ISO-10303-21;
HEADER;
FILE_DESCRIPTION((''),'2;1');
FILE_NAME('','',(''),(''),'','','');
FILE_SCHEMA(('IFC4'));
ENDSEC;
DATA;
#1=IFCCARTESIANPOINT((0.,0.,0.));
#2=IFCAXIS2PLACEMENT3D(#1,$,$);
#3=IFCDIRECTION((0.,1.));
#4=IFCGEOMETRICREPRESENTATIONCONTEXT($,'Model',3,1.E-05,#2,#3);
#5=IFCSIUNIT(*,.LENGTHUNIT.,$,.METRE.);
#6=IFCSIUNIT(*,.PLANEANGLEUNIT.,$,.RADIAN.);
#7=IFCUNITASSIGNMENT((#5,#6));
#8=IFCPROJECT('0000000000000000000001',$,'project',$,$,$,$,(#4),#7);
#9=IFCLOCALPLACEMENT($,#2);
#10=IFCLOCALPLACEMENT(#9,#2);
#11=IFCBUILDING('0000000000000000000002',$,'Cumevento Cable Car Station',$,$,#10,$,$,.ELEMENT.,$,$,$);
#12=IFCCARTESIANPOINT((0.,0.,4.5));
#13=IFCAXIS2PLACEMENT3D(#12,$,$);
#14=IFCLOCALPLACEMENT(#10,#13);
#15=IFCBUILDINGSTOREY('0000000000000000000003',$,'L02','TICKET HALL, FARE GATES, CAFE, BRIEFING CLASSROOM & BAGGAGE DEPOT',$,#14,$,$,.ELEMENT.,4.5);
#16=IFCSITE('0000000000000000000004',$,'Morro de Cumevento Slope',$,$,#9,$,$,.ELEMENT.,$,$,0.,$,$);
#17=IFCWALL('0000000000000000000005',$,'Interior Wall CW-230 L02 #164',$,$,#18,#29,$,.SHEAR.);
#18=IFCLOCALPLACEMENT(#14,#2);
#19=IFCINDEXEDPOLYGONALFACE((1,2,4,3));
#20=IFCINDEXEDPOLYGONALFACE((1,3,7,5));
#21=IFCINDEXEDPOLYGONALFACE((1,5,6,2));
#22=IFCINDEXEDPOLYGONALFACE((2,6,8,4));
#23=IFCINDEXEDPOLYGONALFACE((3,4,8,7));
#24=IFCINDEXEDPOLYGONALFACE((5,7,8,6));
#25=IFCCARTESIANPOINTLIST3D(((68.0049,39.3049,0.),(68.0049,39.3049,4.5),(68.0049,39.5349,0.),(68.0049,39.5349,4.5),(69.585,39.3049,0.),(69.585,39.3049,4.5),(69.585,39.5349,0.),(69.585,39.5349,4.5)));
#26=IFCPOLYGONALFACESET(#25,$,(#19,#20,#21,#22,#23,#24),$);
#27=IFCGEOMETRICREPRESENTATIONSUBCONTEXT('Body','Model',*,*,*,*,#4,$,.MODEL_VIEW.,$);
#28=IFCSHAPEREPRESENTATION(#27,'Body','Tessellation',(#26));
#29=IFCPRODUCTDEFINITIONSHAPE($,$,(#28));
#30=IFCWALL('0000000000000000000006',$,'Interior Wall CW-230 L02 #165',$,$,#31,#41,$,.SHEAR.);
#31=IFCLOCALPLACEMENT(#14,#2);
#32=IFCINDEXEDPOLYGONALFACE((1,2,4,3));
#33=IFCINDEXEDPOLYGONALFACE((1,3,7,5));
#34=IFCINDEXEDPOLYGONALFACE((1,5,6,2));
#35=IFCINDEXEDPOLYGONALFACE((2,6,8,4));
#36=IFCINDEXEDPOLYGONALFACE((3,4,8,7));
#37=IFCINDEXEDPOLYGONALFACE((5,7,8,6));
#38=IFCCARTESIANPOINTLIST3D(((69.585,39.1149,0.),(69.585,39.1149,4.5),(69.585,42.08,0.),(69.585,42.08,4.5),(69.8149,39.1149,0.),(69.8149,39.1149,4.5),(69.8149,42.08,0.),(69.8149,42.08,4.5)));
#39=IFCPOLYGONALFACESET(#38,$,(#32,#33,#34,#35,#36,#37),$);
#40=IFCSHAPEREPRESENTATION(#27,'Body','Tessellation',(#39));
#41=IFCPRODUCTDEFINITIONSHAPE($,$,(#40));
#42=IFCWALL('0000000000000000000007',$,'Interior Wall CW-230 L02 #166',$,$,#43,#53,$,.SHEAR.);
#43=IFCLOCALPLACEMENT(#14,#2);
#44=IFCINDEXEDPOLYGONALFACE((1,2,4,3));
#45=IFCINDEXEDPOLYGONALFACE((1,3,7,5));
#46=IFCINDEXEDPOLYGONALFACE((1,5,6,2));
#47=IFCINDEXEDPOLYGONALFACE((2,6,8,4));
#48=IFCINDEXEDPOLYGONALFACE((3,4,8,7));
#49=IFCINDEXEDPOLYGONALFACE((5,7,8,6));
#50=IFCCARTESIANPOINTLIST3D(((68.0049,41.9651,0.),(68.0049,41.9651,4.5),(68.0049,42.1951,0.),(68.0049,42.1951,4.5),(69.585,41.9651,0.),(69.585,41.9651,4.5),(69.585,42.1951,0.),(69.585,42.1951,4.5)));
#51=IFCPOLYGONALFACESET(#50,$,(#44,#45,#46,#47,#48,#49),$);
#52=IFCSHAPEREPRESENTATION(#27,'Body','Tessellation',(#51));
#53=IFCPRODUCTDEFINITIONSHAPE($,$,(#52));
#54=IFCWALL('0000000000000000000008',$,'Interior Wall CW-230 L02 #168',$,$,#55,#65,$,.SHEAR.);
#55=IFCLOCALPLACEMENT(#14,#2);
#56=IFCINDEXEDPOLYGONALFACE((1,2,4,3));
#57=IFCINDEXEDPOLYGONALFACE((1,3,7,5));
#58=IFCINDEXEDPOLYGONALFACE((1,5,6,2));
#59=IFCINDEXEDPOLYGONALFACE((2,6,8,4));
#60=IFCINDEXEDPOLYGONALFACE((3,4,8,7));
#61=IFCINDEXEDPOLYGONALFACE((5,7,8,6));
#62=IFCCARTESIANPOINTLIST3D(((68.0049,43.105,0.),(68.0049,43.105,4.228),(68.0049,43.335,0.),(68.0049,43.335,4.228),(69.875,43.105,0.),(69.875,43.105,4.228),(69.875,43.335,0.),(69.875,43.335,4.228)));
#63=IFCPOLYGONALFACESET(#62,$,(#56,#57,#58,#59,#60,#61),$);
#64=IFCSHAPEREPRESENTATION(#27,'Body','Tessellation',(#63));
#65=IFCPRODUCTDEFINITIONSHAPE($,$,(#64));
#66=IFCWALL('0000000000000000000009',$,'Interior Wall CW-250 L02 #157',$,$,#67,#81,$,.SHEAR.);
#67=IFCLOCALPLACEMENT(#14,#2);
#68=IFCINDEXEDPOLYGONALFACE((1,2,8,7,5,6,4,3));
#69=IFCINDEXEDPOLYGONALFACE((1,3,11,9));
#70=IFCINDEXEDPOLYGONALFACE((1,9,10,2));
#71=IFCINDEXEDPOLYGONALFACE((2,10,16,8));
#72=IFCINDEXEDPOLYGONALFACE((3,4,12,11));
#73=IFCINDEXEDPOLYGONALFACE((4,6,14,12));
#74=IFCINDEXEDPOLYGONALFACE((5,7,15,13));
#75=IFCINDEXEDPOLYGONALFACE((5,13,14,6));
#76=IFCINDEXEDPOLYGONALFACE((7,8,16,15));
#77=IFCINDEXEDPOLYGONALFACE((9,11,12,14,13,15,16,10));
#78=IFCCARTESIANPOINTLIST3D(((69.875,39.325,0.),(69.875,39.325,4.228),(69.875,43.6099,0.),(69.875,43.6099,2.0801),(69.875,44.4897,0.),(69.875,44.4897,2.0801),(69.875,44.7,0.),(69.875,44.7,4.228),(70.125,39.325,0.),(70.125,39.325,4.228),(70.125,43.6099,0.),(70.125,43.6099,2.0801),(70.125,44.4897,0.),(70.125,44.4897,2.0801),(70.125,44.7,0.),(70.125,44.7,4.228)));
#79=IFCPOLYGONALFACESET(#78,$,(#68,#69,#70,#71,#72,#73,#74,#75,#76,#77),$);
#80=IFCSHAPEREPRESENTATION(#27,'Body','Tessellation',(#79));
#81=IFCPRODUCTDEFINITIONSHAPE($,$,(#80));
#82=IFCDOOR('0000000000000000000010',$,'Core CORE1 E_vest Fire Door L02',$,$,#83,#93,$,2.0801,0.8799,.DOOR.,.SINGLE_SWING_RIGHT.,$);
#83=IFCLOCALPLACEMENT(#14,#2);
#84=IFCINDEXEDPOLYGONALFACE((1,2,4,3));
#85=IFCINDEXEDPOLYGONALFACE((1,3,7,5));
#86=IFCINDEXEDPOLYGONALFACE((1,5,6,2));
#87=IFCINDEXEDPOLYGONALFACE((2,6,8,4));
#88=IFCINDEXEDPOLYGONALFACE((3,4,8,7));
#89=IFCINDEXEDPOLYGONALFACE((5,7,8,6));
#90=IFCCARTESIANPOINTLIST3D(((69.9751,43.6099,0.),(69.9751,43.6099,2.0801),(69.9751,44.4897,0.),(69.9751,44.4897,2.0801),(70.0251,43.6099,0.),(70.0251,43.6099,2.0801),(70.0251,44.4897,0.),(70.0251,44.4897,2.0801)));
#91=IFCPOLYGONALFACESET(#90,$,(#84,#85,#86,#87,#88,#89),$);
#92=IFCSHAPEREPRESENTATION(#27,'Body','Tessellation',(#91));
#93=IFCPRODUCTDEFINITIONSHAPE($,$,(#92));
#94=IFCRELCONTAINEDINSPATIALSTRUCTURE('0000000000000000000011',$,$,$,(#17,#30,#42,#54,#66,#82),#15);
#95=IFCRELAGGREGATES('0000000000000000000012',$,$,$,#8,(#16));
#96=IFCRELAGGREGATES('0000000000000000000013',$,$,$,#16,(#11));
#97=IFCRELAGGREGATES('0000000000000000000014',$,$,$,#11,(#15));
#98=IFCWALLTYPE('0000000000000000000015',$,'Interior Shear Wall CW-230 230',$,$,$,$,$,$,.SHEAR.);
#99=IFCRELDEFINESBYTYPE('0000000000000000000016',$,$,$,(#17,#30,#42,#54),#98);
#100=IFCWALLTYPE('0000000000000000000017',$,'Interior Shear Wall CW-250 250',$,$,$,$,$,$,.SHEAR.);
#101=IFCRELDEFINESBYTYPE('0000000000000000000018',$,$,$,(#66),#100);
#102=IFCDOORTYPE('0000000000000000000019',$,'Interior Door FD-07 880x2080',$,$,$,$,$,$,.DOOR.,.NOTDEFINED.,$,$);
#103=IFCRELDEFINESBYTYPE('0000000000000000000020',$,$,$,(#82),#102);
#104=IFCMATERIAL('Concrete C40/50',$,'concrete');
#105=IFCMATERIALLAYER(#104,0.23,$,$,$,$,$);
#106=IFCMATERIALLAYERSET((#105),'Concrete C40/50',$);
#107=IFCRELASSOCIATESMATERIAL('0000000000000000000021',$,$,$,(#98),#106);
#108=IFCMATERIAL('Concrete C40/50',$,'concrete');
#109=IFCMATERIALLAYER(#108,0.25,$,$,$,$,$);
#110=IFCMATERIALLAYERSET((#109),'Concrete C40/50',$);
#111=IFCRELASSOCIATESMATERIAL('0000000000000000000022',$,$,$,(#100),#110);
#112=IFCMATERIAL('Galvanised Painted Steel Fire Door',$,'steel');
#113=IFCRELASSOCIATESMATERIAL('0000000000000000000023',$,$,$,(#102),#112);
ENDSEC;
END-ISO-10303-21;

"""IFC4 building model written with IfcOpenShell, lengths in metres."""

from ifc_helpers import new_model, si_unit, direction, frame, frame_2d, origin, place, context, subcontext, project, spatial, rectangle, extrude, material, layer, layer_set, type_object, element, fill, save


model = new_model("IFC4")

# Units and contexts
model_context = context("Model", 3, precision=1e-05, world=origin(), true_north=direction((0.0, 1.0)))
body_context = subcontext(model_context, "Body", "Model", "MODEL_VIEW")
ifc_project = project(units=[si_unit("LENGTHUNIT", "METRE"), si_unit("PLANEANGLEUNIT", "RADIAN")], contexts=[model_context])

# Site, building, storey
site_placement = place(None, origin())
site = spatial("IfcSite", under=ifc_project, at=site_placement, Name="Morro de Cumevento Slope", CompositionType="ELEMENT", RefElevation=0.0)
building_placement = place(site_placement, origin())
building = spatial("IfcBuilding", under=site, at=building_placement, Name="Cumevento Cable Car Station", CompositionType="ELEMENT")
storey_placement = place(building_placement, frame((0.0, 0.0, 4.5)))
storey = spatial("IfcBuildingStorey", under=building, at=storey_placement, Name="L02", Description="TICKET HALL, FARE GATES, CAFE, BRIEFING CLASSROOM & BAGGAGE DEPOT", CompositionType="ELEMENT", Elevation=4.5)

# Walls
ifc_material_1 = material(Name="Concrete C40/50", Category="concrete")
ifc_layer_1 = layer(ifc_material_1, 0.23)
ifc_layer_set_1 = layer_set([ifc_layer_1], Name="Concrete C40/50")
wall_type_1 = type_object("IfcWallType", Name="Interior Shear Wall CW-230 230", PredefinedType="SHEAR", material=ifc_layer_set_1)
wall_1_placement = place(storey_placement, frame((68.0049, 39.4199, 0.0), z_axis=(0.0, 0.0, 1.0), x_axis=(1.0, 0.0, 0.0)))
element("IfcWall", 1, at=wall_1_placement, inside=storey, type_object=wall_type_1, Name="Interior Wall CW-230 L02 #164", PredefinedType="SHEAR", context=body_context, shape_type="SweptSolid", body=[
    extrude(rectangle(XDim=1.5801, YDim=0.23, at=frame_2d((0.79, 0.0))), origin(), (0.0, 0.0, 1.0), 4.5),
])
wall_2_placement = place(storey_placement, frame((69.7, 39.115, 0.0), z_axis=(0.0, 0.0, 1.0), x_axis=(0.0, 1.0, 0.0)))
element("IfcWall", 2, at=wall_2_placement, inside=storey, type_object=wall_type_1, Name="Interior Wall CW-230 L02 #165", PredefinedType="SHEAR", context=body_context, shape_type="SweptSolid", body=[
    extrude(rectangle(XDim=2.9651, YDim=0.23, at=frame_2d((1.4824, 0.0))), origin(), (0.0, 0.0, 1.0), 4.5),
])
wall_3_placement = place(storey_placement, frame((68.0049, 42.0801, 0.0), z_axis=(0.0, 0.0, 1.0), x_axis=(1.0, 0.0, 0.0)))
element("IfcWall", 3, at=wall_3_placement, inside=storey, type_object=wall_type_1, Name="Interior Wall CW-230 L02 #166", PredefinedType="SHEAR", context=body_context, shape_type="SweptSolid", body=[
    extrude(rectangle(XDim=1.5801, YDim=0.23, at=frame_2d((0.79, 0.0))), origin(), (0.0, 0.0, 1.0), 4.5),
])
wall_4_placement = place(storey_placement, frame((68.0049, 43.22, 0.0), z_axis=(0.0, 0.0, 1.0), x_axis=(1.0, 0.0, 0.0)))
element("IfcWall", 4, at=wall_4_placement, inside=storey, type_object=wall_type_1, Name="Interior Wall CW-230 L02 #168", PredefinedType="SHEAR", context=body_context, shape_type="SweptSolid", body=[
    extrude(rectangle(XDim=1.8701, YDim=0.23, at=frame_2d((0.9351, 0.0))), origin(), (0.0, 0.0, 1.0), 4.228),
])

# Wall, opening, door
ifc_material_2 = material(Name="Concrete C40/50", Category="concrete")
ifc_layer_2 = layer(ifc_material_2, 0.25)
ifc_layer_set_2 = layer_set([ifc_layer_2], Name="Concrete C40/50")
wall_type_2 = type_object("IfcWallType", Name="Interior Shear Wall CW-250 250", PredefinedType="SHEAR", material=ifc_layer_set_2)
wall_5_placement = place(storey_placement, frame((70.0, 39.325, 0.0), z_axis=(0.0, 0.0, 1.0), x_axis=(0.0, 1.0, 0.0)))
wall_5 = element("IfcWall", 5, at=wall_5_placement, inside=storey, type_object=wall_type_2, Name="Interior Wall CW-250 L02 #157", PredefinedType="SHEAR", context=body_context, shape_type="SweptSolid", body=[
    extrude(rectangle(XDim=5.375, YDim=0.25, at=frame_2d((2.6875, 0.0))), origin(), (0.0, 0.0, 1.0), 4.228),
])
opening_1_placement = place(wall_5_placement, frame((4.2849, 0.0, 0.0)))
opening_1 = element("IfcOpeningElement", 6, at=opening_1_placement, cuts=wall_5, PredefinedType="OPENING", context=body_context, shape_type="SweptSolid", body=[
    extrude(rectangle(XDim=0.8799, YDim=2.0801, at=frame_2d((0.4399, 1.04))), frame((0.0, 0.135, 0.0), z_axis=(0.0, -1.0, 0.0), x_axis=(1.0, 0.0, 0.0)), (0.0, 0.0, 1.0), 0.27),
])
ifc_material_3 = material(Name="Galvanised Painted Steel Fire Door", Category="steel")
door_type_1 = type_object("IfcDoorType", Name="Interior Door FD-07 880x2080", OperationType="NOTDEFINED", PredefinedType="DOOR", material=ifc_material_3)
door_1_placement = place(opening_1_placement, origin())
door_1 = element("IfcDoor", 7, at=door_1_placement, inside=storey, type_object=door_type_1, Name="Core CORE1 E_vest Fire Door L02", OperationType="SINGLE_SWING_RIGHT", OverallHeight=2.0801, OverallWidth=0.8799, PredefinedType="DOOR", context=body_context, shape_type="SweptSolid", body=[
    extrude(rectangle(XDim=0.8799, YDim=2.0801, at=frame_2d((0.4399, 1.04))), frame((0.0, 0.0249, 0.0), z_axis=(0.0, -1.0, 0.0), x_axis=(1.0, 0.0, 0.0)), (0.0, 0.0, 1.0), 0.05),
])
fill(opening_1, door_1)

save(model, "model.ifc")
